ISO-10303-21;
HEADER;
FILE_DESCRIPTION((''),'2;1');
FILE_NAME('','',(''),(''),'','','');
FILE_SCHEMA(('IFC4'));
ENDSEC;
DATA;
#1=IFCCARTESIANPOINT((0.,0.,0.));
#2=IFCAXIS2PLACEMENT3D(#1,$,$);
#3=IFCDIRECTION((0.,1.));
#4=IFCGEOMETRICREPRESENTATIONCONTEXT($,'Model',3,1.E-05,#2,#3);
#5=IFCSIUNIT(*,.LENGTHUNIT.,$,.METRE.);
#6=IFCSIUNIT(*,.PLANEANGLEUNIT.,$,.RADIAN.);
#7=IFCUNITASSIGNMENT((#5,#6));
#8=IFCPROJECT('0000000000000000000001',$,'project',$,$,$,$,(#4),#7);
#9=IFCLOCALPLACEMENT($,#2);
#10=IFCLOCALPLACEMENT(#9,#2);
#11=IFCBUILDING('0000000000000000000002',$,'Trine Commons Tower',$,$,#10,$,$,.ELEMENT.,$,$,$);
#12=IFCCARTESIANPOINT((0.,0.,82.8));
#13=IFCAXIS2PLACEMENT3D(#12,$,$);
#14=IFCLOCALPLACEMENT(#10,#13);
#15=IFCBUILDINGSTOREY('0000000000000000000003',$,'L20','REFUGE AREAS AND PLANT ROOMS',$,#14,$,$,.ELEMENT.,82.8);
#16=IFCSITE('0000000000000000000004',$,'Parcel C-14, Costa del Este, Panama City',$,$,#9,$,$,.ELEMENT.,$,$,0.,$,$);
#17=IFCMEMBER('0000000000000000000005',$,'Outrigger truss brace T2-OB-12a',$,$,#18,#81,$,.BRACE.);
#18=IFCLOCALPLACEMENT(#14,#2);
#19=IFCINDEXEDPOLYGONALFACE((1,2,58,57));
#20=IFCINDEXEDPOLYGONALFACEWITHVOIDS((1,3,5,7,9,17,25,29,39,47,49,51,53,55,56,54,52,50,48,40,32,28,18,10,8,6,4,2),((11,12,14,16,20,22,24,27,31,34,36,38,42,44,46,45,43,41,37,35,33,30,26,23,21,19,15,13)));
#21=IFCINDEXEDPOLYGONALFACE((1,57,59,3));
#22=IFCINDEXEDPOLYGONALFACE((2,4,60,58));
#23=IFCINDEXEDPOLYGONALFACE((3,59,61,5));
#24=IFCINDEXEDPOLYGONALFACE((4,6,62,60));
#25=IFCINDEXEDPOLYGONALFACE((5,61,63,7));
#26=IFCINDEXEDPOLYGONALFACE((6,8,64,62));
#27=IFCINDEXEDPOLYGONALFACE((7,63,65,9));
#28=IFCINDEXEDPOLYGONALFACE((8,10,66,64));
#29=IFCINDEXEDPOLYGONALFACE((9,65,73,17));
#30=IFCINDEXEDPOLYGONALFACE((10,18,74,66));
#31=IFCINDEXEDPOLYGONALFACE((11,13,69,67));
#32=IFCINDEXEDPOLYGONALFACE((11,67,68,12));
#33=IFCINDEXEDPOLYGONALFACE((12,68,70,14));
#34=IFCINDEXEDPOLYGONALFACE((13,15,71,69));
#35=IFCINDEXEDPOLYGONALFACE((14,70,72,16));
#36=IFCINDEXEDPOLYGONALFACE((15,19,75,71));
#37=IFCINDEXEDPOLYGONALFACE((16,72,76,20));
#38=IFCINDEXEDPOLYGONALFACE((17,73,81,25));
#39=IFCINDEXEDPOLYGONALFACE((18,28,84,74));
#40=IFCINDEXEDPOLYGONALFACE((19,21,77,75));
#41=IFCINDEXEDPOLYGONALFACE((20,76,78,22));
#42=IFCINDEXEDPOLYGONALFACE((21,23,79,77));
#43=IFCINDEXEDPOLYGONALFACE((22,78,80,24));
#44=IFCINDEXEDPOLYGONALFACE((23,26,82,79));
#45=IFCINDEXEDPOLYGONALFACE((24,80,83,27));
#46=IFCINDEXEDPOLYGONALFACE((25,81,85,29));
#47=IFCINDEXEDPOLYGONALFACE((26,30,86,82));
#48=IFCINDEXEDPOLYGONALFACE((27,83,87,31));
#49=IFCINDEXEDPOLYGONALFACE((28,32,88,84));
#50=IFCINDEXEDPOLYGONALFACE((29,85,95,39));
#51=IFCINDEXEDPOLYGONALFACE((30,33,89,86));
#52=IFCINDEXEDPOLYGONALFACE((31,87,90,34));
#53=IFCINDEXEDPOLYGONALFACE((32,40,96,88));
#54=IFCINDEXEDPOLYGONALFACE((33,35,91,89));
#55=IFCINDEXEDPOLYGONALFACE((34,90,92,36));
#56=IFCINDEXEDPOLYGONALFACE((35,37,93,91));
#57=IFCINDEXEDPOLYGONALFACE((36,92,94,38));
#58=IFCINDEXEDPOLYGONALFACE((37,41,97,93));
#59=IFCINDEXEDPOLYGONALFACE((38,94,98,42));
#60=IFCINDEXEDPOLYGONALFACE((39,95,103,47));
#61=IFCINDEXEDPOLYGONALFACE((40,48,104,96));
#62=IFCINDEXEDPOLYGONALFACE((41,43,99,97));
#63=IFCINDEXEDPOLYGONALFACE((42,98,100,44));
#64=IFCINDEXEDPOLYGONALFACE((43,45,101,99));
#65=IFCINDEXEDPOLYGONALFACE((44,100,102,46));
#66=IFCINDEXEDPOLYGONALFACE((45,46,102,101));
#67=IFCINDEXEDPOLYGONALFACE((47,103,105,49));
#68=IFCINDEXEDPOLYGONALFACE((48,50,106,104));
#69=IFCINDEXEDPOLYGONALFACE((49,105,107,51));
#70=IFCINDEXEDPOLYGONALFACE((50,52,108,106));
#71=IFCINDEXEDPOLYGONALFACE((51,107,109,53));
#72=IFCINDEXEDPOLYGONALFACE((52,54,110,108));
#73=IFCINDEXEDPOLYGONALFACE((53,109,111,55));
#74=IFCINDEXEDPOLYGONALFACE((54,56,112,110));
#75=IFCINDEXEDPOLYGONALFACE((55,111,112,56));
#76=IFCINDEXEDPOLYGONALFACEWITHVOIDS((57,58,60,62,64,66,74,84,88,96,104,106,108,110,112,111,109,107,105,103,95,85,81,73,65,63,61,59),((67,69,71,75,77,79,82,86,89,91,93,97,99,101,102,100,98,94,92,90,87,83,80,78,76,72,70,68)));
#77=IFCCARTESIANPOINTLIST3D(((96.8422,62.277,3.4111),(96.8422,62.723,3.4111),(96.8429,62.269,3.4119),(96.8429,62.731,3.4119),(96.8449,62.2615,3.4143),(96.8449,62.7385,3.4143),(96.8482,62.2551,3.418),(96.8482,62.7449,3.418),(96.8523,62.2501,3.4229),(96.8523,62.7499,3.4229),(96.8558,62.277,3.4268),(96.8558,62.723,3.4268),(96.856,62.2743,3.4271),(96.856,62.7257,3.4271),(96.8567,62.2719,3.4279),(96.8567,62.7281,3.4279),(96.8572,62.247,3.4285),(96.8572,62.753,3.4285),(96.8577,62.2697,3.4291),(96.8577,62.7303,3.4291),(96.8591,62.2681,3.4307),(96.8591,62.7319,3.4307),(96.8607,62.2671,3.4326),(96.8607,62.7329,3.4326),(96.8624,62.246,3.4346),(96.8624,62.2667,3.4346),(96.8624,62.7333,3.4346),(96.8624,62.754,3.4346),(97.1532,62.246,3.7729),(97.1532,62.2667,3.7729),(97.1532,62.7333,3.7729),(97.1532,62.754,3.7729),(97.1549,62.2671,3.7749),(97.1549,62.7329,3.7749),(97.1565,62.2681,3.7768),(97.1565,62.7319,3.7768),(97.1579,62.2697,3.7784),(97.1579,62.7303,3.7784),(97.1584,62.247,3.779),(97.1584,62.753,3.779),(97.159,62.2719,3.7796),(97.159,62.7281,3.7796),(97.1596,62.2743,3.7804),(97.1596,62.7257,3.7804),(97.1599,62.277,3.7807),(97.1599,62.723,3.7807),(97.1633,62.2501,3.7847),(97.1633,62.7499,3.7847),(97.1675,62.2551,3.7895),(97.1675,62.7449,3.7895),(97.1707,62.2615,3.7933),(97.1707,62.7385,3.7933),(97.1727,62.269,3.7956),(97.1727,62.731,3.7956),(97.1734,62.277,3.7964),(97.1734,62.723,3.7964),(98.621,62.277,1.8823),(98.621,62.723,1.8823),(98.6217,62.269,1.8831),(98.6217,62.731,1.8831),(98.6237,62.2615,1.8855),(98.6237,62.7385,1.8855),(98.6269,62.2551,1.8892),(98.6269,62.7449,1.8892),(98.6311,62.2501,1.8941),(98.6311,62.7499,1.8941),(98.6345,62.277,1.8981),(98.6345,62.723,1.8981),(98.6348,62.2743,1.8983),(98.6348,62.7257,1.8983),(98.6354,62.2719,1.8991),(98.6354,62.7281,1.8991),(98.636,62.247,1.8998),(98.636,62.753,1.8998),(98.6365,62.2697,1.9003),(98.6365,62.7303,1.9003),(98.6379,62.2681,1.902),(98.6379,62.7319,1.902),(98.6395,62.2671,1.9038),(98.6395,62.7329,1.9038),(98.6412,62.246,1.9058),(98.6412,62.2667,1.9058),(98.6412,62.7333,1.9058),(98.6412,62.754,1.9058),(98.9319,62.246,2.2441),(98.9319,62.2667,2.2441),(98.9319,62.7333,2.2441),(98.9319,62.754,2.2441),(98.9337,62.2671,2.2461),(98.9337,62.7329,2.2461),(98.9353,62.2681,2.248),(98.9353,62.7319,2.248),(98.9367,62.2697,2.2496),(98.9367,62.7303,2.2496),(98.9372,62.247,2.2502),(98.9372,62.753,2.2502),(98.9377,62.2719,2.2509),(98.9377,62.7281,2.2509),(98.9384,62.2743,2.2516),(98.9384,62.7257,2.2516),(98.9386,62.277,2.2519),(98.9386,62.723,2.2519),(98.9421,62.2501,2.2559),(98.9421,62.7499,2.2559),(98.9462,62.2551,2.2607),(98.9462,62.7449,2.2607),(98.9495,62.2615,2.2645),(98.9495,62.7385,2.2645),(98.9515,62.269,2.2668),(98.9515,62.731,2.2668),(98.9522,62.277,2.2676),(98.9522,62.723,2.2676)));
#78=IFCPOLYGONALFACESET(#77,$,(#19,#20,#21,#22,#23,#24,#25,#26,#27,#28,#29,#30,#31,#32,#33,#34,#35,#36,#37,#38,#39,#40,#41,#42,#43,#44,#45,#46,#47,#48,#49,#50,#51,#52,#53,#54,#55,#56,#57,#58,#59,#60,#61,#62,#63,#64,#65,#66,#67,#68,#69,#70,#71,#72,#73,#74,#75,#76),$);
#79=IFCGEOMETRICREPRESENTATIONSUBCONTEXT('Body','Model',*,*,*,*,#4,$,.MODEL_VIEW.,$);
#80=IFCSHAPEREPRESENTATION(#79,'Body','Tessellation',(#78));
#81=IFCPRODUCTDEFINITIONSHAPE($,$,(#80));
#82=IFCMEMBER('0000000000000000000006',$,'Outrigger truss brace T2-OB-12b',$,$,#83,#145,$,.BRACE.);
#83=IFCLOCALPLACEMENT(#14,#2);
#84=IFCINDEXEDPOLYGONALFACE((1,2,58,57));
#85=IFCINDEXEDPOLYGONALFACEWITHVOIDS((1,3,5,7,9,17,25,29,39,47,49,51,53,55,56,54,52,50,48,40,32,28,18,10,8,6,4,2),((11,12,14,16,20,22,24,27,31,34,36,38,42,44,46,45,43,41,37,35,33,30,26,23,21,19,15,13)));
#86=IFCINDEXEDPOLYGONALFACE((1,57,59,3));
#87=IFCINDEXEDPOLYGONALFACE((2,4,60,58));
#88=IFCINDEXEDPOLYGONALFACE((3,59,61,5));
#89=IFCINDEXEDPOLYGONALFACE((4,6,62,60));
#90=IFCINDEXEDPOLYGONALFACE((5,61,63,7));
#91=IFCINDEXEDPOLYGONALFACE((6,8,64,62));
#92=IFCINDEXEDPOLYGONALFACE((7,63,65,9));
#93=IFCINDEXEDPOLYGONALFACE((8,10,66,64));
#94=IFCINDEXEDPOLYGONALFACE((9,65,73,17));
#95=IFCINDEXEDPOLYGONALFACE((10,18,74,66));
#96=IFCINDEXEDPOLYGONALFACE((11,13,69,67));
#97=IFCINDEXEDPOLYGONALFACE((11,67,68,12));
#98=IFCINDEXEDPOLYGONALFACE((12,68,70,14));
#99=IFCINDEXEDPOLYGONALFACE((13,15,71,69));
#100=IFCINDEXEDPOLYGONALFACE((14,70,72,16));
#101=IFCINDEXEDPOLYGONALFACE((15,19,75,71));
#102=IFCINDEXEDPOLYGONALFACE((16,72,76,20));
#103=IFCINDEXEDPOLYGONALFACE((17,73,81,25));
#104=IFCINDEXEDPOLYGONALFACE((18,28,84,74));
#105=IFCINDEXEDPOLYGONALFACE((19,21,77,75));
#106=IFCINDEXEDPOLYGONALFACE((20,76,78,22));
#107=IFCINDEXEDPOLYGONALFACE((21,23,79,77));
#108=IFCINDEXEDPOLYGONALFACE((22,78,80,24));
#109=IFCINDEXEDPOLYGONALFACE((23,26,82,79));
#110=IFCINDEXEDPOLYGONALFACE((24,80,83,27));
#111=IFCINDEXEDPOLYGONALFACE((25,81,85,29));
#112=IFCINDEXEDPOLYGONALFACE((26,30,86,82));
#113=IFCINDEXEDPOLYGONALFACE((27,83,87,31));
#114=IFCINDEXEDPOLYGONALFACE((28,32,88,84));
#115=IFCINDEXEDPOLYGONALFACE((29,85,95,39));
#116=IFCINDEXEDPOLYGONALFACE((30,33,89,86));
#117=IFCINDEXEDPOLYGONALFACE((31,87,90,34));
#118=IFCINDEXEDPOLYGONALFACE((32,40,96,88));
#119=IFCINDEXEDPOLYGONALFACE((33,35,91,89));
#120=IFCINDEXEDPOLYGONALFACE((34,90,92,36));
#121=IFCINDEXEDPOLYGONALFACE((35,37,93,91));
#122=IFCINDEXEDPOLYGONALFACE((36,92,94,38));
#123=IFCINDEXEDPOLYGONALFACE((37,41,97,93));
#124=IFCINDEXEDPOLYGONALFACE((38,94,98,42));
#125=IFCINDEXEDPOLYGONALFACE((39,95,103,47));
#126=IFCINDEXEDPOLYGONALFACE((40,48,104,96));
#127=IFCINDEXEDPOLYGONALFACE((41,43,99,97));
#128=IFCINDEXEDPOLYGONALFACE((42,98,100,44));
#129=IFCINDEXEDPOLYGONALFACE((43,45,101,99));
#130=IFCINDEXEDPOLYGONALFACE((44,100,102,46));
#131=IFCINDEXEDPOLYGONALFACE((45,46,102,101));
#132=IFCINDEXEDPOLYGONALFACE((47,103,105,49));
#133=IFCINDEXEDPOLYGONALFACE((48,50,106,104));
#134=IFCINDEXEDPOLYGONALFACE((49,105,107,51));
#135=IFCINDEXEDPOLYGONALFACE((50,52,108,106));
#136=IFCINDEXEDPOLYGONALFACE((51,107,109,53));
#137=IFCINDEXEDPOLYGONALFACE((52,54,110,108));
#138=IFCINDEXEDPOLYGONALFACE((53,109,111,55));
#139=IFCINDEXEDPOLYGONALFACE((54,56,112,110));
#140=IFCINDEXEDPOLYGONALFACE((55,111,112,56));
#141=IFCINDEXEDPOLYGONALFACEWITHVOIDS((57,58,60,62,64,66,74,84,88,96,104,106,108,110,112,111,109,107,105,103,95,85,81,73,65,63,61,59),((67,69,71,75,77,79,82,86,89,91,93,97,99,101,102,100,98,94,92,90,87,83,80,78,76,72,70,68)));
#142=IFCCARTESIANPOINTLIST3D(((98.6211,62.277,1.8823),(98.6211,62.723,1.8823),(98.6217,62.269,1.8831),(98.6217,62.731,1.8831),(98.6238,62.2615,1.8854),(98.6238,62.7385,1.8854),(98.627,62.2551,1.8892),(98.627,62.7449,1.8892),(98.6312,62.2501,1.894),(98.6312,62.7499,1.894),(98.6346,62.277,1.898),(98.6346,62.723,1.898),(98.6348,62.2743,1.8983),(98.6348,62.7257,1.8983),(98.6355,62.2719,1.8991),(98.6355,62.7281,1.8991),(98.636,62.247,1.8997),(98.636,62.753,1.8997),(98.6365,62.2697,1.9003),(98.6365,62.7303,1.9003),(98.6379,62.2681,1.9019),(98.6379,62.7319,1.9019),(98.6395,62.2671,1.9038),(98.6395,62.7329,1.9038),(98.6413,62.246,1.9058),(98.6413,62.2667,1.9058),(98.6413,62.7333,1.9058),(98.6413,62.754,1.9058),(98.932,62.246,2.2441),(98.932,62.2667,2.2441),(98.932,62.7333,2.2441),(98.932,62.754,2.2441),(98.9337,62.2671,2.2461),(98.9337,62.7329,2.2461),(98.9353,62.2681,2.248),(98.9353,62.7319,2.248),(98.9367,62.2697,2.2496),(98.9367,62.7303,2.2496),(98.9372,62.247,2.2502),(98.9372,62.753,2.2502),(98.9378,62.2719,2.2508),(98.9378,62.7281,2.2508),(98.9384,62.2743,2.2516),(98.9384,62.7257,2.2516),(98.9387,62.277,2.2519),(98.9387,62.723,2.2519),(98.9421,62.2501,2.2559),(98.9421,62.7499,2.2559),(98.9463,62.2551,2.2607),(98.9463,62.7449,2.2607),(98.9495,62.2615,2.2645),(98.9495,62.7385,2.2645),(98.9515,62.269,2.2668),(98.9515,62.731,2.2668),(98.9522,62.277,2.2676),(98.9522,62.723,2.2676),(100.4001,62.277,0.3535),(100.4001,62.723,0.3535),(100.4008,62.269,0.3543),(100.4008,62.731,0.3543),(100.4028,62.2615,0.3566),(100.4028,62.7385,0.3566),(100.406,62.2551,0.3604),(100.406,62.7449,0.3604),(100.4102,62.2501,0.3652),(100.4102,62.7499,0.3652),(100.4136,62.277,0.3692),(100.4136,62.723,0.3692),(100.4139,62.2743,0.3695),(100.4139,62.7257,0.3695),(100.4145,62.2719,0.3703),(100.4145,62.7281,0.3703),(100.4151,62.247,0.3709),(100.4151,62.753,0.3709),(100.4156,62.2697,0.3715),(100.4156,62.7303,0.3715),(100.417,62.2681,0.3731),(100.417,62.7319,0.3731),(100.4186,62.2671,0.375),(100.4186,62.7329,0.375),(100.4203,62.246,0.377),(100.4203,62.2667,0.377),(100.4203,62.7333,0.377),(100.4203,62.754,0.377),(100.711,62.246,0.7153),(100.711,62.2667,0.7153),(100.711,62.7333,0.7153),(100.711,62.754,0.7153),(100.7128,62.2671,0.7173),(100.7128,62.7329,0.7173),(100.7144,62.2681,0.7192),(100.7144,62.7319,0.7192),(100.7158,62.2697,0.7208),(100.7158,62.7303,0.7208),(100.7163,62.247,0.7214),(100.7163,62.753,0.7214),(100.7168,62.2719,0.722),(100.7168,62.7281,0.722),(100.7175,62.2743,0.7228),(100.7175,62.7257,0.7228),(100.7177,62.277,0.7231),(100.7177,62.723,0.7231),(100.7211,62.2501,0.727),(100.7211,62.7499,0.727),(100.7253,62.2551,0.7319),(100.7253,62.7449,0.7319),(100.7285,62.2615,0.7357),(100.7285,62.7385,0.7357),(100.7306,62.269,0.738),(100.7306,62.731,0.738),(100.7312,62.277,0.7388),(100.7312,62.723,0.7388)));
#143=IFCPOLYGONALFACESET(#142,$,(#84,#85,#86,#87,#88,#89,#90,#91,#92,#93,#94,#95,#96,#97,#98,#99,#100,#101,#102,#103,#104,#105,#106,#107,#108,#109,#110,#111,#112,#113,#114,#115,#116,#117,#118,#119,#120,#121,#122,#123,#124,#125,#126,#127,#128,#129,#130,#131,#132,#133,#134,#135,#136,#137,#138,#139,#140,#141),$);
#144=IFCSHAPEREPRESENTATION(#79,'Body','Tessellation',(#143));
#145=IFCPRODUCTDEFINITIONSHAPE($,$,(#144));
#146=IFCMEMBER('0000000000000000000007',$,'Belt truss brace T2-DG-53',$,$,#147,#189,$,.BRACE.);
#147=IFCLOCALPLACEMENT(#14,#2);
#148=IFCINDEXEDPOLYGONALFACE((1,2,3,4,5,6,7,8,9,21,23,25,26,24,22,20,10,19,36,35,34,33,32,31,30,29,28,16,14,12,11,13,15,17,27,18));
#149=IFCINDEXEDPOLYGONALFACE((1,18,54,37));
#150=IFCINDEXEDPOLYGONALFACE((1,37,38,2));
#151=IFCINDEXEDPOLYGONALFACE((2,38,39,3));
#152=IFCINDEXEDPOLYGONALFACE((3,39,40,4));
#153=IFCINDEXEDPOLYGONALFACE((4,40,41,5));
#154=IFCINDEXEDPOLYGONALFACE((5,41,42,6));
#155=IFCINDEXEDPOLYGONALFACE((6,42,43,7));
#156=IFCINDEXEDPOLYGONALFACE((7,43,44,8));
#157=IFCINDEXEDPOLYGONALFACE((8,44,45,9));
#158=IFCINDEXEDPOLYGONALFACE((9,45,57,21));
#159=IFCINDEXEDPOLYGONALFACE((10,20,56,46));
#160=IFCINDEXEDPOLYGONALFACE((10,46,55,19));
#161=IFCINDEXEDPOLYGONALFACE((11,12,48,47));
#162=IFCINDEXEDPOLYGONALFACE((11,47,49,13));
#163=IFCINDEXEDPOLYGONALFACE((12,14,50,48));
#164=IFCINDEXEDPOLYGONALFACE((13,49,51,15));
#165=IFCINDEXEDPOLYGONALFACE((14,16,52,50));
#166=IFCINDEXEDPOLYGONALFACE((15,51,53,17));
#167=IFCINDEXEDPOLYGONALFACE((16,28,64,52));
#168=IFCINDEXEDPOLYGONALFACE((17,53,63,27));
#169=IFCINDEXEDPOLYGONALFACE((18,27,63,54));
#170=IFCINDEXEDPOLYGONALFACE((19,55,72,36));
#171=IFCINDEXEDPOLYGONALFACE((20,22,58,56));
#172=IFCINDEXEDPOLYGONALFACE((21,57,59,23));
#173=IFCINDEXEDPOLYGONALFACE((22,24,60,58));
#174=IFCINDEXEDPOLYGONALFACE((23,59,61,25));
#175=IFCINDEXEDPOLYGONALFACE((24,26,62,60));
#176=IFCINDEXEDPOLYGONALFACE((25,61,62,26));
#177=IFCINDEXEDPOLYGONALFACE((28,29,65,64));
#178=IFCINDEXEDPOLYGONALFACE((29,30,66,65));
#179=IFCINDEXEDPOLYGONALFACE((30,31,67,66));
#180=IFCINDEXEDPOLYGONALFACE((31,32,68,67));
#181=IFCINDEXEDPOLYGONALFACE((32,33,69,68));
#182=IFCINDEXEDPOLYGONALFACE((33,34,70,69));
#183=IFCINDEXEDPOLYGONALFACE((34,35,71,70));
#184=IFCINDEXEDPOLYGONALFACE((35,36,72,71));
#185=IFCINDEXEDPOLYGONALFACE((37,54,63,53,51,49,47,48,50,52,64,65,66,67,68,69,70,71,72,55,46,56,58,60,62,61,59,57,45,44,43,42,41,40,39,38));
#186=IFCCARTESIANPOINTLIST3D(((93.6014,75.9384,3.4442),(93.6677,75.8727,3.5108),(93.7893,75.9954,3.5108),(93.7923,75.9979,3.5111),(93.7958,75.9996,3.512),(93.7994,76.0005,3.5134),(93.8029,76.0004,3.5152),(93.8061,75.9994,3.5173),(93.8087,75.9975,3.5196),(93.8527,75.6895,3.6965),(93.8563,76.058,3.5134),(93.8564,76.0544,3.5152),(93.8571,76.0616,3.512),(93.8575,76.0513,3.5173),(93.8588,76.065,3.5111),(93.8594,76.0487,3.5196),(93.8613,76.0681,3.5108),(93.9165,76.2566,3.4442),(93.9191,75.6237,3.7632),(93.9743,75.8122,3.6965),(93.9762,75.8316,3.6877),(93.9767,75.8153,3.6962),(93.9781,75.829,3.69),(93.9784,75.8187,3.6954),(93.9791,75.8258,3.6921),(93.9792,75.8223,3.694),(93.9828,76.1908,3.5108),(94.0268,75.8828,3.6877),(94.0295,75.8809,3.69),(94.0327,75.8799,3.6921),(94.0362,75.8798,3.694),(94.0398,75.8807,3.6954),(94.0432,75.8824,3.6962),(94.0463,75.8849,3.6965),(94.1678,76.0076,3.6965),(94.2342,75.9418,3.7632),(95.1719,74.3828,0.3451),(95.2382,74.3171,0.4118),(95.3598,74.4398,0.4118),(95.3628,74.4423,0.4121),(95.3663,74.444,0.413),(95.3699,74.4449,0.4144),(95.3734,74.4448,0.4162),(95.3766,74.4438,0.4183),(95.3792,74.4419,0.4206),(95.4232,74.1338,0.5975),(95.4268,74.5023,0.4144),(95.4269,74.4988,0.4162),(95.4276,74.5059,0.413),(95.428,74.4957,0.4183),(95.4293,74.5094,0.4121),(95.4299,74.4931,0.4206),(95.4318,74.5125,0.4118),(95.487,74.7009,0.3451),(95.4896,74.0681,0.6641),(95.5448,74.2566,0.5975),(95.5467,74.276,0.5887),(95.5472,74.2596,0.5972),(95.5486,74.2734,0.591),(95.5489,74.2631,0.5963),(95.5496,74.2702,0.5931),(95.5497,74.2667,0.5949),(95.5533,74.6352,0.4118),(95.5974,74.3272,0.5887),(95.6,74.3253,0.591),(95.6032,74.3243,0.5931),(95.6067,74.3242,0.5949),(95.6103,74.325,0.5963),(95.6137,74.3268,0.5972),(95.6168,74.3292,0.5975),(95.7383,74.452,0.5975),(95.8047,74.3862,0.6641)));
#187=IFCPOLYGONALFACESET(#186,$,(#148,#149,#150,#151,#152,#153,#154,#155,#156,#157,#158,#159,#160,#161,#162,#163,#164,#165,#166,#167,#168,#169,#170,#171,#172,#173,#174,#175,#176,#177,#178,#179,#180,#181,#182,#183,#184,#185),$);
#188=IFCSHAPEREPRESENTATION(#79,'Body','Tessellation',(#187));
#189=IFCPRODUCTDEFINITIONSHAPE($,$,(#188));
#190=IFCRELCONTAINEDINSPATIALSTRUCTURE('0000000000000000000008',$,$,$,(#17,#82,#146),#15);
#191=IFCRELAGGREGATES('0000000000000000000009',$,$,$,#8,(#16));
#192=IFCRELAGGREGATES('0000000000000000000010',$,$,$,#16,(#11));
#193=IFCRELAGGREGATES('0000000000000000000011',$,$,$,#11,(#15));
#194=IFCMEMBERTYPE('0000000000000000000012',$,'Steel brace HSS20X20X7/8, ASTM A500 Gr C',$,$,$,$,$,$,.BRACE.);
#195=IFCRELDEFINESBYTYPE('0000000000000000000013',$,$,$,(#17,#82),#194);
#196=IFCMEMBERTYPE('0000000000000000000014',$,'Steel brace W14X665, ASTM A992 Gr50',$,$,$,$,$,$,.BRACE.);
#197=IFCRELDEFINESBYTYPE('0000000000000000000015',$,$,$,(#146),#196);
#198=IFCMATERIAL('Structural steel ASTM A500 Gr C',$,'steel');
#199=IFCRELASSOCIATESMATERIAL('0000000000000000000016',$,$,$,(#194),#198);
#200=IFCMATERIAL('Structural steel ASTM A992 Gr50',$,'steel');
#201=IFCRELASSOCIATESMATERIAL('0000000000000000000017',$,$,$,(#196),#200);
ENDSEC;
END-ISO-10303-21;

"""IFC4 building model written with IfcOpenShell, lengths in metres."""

from ifc_helpers import new_model, si_unit, direction, frame, origin, origin_2d, place, context, subcontext, project, spatial, hollow_rectangle, i_section, extrude, material, material_profile, profile_set, type_object, element, save


model = new_model("IFC4")

# Units and contexts
model_context = context("Model", 3, precision=1e-05, world=origin(), true_north=direction((0.0, 1.0)))
body_context = subcontext(model_context, "Body", "Model", "MODEL_VIEW")
ifc_project = project(units=[si_unit("LENGTHUNIT", "METRE"), si_unit("PLANEANGLEUNIT", "RADIAN")], contexts=[model_context])

# Site, building, storey
site_placement = place(None, origin())
site = spatial("IfcSite", under=ifc_project, at=site_placement, Name="Parcel C-14, Costa del Este, Panama City", CompositionType="ELEMENT", RefElevation=0.0)
building_placement = place(site_placement, origin())
building = spatial("IfcBuilding", under=site, at=building_placement, Name="Trine Commons Tower", CompositionType="ELEMENT")
storey_placement = place(building_placement, frame((0.0, 0.0, 82.8)))
storey = spatial("IfcBuildingStorey", under=building, at=storey_placement, Name="L20", Description="REFUGE AREAS AND PLANT ROOMS", CompositionType="ELEMENT", Elevation=82.8)

# Shared definitions
ifc_material_1 = material(Name="Structural steel ASTM A992 Gr50", Category="steel")

# Members
ifc_material_2 = material(Name="Structural steel ASTM A500 Gr C", Category="steel")
ifc_material_profile_1 = material_profile(ifc_material_2, hollow_rectangle(XDim=0.5081, YDim=0.5081, WallThickness=0.0208, InnerFilletRadius=0.0103, OuterFilletRadius=0.031, at=origin_2d()), Name="HSS20X20X7/8")
ifc_profile_set_1 = profile_set([ifc_material_profile_1], Name="Structural steel ASTM A500 Gr C")
member_type_1 = type_object("IfcMemberType", Name="Steel brace HSS20X20X7/8, ASTM A500 Gr C", PredefinedType="BRACE", material=ifc_profile_set_1)
member_1_placement = place(storey_placement, frame((97.0078, 62.5, 3.6038), z_axis=(0.758389, 0.0, -0.651802), x_axis=(0.0, 1.0, 0.0)))
element("IfcMember", 1, at=member_1_placement, inside=storey, type_object=member_type_1, Name="Outrigger truss brace T2-OB-12a", PredefinedType="BRACE", context=body_context, shape_type="SweptSolid", body=[
    extrude(hollow_rectangle(XDim=0.5081, YDim=0.5081, WallThickness=0.0208, InnerFilletRadius=0.0103, OuterFilletRadius=0.031, at=origin_2d()), origin(), (0.0, 0.0, 1.0), 2.3455),
])
member_2_placement = place(storey_placement, frame((98.7866, 62.5, 2.075), z_axis=(0.758433, 0.0, -0.651751), x_axis=(0.0, 1.0, 0.0)))
element("IfcMember", 2, at=member_2_placement, inside=storey, type_object=member_type_1, Name="Outrigger truss brace T2-OB-12b", PredefinedType="BRACE", context=body_context, shape_type="SweptSolid", body=[
    extrude(hollow_rectangle(XDim=0.5081, YDim=0.5081, WallThickness=0.0208, InnerFilletRadius=0.0103, OuterFilletRadius=0.031, at=origin_2d()), origin(), (0.0, 0.0, 1.0), 2.3457),
])
ifc_material_profile_2 = material_profile(ifc_material_1, i_section(OverallWidth=0.4478, OverallDepth=0.5493, WebThickness=0.072, FlangeThickness=0.1147, FilletRadius=0.0151, at=origin_2d()), Name="W14X665")
ifc_profile_set_2 = profile_set([ifc_material_profile_2], Name="Structural steel ASTM A992 Gr50")
member_type_2 = type_object("IfcMemberType", Name="Steel brace W14X665, ASTM A992 Gr50", PredefinedType="BRACE", material=ifc_profile_set_2)
member_3_placement = place(storey_placement, frame((95.4883, 74.3845, 0.5046), z_axis=(-0.412572, 0.40866, 0.814114), x_axis=(-0.70373, -0.710467, 0.0)))
element("IfcMember", 3, at=member_3_placement, inside=storey, type_object=member_type_2, Name="Belt truss brace T2-DG-53", PredefinedType="BRACE", context=body_context, shape_type="SweptSolid", body=[
    extrude(i_section(OverallWidth=0.4478, OverallDepth=0.5493, WebThickness=0.072, FlangeThickness=0.1147, FilletRadius=0.0151, at=origin_2d()), origin(), (0.0, 0.0, 1.0), 3.8066),
])

save(model, "model.ifc")
